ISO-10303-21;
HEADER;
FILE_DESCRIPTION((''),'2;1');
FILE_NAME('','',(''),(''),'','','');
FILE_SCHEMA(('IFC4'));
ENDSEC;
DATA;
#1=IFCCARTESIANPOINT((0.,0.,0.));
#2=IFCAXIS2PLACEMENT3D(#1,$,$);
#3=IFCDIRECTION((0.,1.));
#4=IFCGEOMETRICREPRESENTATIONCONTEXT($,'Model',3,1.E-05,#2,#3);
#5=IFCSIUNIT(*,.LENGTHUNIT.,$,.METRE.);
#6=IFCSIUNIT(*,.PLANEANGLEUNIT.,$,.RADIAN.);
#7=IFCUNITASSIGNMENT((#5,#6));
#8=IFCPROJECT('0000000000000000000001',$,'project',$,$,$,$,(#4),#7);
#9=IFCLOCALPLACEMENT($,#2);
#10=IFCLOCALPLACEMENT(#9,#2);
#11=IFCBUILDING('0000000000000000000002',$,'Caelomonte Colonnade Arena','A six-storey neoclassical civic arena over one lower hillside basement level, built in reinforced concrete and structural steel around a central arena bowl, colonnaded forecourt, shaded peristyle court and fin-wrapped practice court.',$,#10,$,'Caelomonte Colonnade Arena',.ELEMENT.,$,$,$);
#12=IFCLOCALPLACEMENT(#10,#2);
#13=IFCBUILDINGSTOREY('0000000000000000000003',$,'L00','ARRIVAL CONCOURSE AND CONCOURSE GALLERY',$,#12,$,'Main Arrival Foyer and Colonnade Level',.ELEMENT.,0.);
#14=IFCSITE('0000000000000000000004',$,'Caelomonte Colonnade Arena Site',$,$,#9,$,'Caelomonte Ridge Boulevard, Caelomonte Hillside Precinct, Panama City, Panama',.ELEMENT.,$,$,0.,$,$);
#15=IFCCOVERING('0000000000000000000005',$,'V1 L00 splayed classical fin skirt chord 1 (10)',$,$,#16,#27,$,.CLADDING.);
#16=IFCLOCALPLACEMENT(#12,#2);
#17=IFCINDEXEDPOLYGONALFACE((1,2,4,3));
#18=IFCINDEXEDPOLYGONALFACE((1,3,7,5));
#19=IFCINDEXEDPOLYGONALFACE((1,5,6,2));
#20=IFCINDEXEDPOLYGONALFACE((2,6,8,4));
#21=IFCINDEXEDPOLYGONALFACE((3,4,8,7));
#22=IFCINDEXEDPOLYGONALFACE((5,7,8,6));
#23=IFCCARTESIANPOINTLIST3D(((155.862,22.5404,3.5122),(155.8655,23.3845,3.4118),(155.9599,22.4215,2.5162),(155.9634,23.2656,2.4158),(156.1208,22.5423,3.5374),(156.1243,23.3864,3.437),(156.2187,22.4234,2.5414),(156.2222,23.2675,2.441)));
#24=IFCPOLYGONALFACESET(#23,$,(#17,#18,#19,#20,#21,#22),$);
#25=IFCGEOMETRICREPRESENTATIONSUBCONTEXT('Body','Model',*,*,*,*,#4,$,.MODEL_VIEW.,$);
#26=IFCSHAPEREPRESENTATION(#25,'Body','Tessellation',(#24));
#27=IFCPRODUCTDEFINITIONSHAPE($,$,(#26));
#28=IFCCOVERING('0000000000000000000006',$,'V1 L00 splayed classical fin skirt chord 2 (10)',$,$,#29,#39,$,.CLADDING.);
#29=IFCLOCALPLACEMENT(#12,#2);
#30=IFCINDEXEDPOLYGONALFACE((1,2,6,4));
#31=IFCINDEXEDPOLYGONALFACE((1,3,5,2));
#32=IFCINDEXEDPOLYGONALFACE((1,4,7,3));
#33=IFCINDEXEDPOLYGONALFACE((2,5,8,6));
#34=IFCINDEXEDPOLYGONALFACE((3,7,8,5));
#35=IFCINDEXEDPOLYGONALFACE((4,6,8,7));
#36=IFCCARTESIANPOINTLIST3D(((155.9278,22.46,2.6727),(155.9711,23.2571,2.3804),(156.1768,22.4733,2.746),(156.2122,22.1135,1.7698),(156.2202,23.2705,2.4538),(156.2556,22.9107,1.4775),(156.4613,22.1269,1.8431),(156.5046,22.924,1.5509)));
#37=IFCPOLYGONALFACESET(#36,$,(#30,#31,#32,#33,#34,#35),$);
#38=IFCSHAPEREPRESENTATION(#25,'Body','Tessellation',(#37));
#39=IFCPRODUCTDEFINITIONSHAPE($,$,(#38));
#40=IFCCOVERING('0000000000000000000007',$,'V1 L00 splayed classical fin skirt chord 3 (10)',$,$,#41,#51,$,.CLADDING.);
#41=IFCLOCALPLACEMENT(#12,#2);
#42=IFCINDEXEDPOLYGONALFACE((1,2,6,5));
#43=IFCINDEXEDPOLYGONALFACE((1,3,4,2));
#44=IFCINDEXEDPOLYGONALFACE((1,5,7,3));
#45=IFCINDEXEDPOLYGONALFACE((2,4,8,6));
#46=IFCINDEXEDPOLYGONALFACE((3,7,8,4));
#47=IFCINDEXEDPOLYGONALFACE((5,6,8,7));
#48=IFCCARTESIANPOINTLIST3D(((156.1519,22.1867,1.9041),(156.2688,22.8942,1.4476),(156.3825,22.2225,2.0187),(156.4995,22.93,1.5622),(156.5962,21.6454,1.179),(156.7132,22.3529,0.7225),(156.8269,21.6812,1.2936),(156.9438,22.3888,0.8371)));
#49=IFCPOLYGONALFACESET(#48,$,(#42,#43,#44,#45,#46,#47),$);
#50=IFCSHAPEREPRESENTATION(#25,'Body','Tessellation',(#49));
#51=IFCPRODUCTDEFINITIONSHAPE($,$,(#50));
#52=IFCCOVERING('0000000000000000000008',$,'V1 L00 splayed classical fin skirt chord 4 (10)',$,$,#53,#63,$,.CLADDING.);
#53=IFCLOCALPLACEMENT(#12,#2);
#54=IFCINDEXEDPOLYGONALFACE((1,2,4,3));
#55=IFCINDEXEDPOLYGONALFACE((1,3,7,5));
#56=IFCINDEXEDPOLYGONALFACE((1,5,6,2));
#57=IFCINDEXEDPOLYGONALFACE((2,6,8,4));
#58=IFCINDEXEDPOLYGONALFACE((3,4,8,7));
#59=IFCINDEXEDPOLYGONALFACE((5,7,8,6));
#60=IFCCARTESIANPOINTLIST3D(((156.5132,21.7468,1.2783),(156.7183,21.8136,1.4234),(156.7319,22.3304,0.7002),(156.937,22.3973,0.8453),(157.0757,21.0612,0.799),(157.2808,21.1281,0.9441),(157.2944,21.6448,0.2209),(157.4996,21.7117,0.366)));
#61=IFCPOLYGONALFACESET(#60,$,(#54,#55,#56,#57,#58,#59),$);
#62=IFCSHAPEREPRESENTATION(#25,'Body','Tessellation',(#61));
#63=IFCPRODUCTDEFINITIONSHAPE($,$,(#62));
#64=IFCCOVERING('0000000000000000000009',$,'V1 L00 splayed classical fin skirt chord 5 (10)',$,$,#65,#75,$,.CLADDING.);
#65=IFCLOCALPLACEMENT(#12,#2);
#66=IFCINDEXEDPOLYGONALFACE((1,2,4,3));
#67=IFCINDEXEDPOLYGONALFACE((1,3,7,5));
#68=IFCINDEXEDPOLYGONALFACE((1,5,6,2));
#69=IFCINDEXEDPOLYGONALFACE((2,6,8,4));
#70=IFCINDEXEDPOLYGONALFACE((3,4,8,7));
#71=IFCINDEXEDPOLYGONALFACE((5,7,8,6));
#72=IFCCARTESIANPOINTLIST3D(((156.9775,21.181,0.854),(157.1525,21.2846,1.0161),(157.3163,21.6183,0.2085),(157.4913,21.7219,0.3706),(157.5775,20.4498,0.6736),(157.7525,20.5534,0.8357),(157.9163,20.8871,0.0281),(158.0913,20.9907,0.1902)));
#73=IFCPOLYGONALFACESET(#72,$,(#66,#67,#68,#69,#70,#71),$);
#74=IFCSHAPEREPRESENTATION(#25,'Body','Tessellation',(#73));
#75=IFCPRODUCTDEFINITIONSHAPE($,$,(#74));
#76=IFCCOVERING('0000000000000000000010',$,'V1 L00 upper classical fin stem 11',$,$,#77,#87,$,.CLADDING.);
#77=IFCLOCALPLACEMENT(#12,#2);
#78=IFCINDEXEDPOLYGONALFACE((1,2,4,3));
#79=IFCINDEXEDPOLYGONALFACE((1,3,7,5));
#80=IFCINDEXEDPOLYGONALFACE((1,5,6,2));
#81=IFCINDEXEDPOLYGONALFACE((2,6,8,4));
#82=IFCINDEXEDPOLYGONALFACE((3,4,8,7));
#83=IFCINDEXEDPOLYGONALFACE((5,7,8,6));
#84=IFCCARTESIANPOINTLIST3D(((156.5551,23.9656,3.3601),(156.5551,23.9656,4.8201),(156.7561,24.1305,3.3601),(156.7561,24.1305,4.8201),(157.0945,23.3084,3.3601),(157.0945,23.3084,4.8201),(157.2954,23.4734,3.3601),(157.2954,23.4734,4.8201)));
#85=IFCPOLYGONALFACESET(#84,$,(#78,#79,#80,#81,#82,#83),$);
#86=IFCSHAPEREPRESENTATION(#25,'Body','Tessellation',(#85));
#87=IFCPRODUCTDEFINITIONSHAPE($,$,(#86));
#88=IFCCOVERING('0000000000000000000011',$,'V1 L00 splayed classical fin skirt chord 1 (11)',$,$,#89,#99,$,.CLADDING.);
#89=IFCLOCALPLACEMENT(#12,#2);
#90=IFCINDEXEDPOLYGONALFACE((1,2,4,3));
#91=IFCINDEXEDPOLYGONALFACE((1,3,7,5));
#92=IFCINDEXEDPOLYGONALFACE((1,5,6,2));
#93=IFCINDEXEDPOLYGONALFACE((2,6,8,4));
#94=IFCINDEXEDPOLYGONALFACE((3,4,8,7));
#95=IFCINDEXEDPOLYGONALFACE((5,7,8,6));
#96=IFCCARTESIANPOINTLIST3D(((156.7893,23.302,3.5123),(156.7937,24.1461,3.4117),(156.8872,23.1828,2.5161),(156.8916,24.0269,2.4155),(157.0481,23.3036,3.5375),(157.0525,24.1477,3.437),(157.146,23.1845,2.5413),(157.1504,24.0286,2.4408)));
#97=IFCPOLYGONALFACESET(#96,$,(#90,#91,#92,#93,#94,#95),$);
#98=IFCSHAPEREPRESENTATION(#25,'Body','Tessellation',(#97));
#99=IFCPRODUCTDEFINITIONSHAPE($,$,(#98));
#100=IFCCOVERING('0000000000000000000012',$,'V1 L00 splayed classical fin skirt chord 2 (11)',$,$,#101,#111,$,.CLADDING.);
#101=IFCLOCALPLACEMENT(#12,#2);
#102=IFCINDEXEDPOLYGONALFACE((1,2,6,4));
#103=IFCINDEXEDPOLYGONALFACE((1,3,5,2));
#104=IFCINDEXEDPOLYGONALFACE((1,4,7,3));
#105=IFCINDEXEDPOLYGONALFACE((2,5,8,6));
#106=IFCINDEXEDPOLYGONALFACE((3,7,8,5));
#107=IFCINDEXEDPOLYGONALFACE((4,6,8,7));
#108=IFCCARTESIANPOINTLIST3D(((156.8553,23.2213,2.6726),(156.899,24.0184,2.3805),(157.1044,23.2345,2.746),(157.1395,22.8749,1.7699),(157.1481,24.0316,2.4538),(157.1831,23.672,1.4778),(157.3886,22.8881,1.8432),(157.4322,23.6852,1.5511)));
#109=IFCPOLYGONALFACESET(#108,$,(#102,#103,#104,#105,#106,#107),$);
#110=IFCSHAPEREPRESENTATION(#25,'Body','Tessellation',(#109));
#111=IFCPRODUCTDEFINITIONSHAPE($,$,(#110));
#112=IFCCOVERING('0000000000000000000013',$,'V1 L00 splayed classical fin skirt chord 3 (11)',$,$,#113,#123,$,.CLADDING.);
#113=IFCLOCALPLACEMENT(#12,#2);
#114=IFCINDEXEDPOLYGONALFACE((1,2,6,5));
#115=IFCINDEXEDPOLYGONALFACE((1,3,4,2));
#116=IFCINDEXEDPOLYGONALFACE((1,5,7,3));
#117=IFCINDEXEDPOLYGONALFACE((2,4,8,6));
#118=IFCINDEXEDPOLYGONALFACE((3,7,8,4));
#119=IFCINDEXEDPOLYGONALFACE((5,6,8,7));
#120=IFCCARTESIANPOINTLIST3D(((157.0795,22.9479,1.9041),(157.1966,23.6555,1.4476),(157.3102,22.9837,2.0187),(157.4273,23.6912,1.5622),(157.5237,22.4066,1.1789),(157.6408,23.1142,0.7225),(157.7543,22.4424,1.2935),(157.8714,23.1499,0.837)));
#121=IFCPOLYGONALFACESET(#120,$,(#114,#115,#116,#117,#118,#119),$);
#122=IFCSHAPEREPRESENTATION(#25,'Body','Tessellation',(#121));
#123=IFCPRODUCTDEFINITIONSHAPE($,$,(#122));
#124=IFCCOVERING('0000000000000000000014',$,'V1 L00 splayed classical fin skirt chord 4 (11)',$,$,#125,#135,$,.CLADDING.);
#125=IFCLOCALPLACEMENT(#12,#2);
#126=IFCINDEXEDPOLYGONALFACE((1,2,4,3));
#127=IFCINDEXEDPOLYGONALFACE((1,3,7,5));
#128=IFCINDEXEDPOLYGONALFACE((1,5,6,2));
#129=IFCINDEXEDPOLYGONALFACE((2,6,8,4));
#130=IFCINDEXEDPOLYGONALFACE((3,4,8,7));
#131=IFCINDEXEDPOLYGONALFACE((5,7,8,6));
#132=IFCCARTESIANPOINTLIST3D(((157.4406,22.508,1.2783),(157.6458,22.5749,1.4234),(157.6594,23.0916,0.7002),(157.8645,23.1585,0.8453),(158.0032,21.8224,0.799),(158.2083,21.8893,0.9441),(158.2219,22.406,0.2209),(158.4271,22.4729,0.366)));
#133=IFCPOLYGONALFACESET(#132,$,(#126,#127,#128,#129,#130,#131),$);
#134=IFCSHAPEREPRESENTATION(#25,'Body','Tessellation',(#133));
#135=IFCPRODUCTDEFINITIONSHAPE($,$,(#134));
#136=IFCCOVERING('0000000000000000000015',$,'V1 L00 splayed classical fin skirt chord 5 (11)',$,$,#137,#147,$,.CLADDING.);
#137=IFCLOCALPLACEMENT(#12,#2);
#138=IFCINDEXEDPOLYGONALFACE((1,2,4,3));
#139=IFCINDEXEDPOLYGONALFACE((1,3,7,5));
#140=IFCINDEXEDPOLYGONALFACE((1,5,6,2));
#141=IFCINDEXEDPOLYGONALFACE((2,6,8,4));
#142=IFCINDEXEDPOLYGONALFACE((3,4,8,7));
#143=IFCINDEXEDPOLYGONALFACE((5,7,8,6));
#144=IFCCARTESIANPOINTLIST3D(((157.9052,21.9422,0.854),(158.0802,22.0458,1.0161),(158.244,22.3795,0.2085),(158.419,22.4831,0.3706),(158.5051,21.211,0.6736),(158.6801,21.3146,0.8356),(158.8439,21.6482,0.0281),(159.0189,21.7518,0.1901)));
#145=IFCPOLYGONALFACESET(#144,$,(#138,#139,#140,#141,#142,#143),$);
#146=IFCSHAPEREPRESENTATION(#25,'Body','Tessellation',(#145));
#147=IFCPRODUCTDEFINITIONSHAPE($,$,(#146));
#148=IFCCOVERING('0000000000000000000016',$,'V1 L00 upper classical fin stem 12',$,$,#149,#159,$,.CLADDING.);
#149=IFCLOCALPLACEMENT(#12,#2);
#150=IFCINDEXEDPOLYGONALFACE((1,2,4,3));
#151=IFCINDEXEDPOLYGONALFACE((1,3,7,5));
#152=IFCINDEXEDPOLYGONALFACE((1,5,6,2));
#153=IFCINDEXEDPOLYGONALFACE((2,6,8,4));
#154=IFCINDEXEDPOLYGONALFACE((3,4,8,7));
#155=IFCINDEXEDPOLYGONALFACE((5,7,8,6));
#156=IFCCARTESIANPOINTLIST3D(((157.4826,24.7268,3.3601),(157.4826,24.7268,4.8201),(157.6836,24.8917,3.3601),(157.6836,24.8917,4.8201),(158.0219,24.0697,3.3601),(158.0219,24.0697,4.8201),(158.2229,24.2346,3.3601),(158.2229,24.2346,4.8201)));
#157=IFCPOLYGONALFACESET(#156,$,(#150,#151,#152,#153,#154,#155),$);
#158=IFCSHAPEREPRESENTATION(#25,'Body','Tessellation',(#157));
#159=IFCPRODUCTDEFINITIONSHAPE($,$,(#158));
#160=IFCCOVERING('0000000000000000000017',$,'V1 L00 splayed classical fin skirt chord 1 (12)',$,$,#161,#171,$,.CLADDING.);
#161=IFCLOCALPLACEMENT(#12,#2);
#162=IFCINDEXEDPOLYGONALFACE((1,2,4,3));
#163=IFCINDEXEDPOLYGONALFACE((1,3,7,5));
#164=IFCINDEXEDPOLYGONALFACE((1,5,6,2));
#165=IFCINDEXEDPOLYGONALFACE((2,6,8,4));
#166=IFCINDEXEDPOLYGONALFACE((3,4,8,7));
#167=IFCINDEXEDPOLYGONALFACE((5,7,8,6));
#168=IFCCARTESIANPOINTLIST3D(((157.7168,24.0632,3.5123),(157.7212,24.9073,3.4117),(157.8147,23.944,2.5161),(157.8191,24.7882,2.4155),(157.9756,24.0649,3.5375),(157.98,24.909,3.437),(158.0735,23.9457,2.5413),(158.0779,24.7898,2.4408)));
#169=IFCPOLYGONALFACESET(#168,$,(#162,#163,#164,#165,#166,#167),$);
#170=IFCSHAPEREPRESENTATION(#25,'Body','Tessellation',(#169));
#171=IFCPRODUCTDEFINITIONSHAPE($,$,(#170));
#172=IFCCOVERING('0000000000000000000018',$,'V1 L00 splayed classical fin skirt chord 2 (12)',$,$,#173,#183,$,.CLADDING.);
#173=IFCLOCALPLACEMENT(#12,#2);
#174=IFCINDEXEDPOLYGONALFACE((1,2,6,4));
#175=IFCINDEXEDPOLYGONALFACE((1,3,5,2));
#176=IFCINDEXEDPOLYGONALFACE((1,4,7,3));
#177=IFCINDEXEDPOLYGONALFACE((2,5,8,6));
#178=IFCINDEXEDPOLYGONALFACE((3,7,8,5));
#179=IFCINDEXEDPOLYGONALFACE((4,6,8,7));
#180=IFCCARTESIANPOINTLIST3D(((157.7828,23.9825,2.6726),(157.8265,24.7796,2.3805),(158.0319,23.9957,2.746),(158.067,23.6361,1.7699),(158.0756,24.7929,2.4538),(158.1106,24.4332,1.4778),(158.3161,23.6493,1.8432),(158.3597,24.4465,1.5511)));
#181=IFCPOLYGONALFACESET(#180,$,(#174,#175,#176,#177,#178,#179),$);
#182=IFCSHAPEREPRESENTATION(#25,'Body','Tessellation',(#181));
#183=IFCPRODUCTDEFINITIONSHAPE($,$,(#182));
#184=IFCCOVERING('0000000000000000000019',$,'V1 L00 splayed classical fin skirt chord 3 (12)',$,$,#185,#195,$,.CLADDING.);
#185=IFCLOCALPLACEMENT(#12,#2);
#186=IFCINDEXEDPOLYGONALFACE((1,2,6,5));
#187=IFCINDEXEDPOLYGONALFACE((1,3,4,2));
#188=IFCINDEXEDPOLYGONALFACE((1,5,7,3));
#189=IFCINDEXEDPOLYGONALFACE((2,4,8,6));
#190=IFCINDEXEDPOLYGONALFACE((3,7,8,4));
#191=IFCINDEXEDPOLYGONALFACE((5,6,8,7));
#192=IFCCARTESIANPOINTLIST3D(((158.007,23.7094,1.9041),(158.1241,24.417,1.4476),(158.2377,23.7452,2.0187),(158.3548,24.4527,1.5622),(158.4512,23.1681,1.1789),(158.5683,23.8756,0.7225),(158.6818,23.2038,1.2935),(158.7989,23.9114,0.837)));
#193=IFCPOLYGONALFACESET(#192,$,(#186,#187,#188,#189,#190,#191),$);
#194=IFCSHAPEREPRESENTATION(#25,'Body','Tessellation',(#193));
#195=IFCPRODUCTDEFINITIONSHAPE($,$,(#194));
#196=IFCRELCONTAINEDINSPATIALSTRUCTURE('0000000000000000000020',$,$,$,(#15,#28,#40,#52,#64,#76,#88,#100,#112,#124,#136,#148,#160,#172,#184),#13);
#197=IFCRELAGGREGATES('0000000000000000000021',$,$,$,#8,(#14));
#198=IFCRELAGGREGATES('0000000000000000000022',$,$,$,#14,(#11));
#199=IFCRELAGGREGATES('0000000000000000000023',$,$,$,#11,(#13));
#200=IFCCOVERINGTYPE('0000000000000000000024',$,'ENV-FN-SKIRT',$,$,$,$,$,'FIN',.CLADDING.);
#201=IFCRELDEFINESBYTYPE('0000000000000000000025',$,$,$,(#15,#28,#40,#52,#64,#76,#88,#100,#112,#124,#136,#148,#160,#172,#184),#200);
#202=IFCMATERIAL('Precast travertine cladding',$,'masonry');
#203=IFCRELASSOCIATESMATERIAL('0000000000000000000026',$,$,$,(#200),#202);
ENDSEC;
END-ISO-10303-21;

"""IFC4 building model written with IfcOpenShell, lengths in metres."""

from ifc_helpers import new_model, si_unit, direction, frame, origin, origin_2d, place, context, subcontext, project, spatial, rectangle, extrude, material, material_profile, profile_set, type_object, element, save


model = new_model("IFC4")

# Units and contexts
model_context = context("Model", 3, precision=1e-05, world=origin(), true_north=direction((0.0, 1.0)))
body_context = subcontext(model_context, "Body", "Model", "MODEL_VIEW")
ifc_project = project(units=[si_unit("LENGTHUNIT", "METRE"), si_unit("PLANEANGLEUNIT", "RADIAN")], contexts=[model_context])

# Site, building, storey
site_placement = place(None, origin())
site = spatial("IfcSite", under=ifc_project, at=site_placement, Name="Caelomonte Colonnade Arena Site", LongName="Caelomonte Ridge Boulevard, Caelomonte Hillside Precinct, Panama City, Panama", CompositionType="ELEMENT", RefElevation=0.0)
building_placement = place(site_placement, origin())
building = spatial("IfcBuilding", under=site, at=building_placement, Name="Caelomonte Colonnade Arena", Description="A six-storey neoclassical civic arena over one lower hillside basement level, built in reinforced concrete and structural steel around a central arena bowl, colonnaded forecourt, shaded peristyle court and fin-wrapped practice court.", LongName="Caelomonte Colonnade Arena", CompositionType="ELEMENT")
storey_placement = place(building_placement, origin())
storey = spatial("IfcBuildingStorey", under=building, at=storey_placement, Name="L00", Description="ARRIVAL CONCOURSE AND CONCOURSE GALLERY", LongName="Main Arrival Foyer and Colonnade Level", CompositionType="ELEMENT", Elevation=0.0)

# Coverings
ifc_material_1 = material(Name="Precast travertine cladding", Category="masonry")
ifc_material_profile_1 = material_profile(ifc_material_1, rectangle(XDim=0.26, YDim=0.8501, at=origin_2d()), Name="FIN260X850")
ifc_profile_set_1 = profile_set([ifc_material_profile_1], Name="Precast travertine cladding")
covering_type = type_object("IfcCoveringType", Name="ENV-FN-SKIRT", ElementType="FIN", PredefinedType="CLADDING", material=ifc_profile_set_1)
covering_1_placement = place(storey_placement, frame((155.9932, 22.9634, 3.4746), z_axis=(0.09713, -0.117961, -0.988257), x_axis=(-0.995263, -0.007354, -0.096941)))
element("IfcCovering", 1, at=covering_1_placement, inside=storey, type_object=covering_type, Name="V1 L00 splayed classical fin skirt chord 1 (10)", PredefinedType="CLADDING", context=body_context, shape_type="SweptSolid", body=[
    extrude(rectangle(XDim=0.26, YDim=0.8501, at=origin_2d()), origin(), (0.0, 0.0, 1.0), 1.0078),
])
for number, where, z_axis, x_axis, name in (
    (2, (156.074, 22.8652, 2.5632), (0.282173, -0.343693, -0.895686), (-0.958007, -0.051315, -0.282115), "V1 L00 splayed classical fin skirt chord 2 (10)"),
    (3, (156.3257, 22.5583, 1.7332), (0.440788, -0.536938, -0.719308), (-0.88701, -0.13776, -0.440722), "V1 L00 splayed classical fin skirt chord 3 (10)"),
    (4, (156.7251, 22.072, 1.0618), (0.558037, -0.680108, -0.475446), (-0.788909, -0.257141, -0.558122), "V1 L00 splayed classical fin skirt chord 4 (10)"),
):
    element("IfcCovering", number, at=place(storey_placement, frame(where, z_axis=z_axis, x_axis=x_axis)), inside=storey, type_object=covering_type, Name=name, PredefinedType="CLADDING", context=body_context, shape_type="SweptSolid", body=[
        extrude(rectangle(XDim=0.26, YDim=0.8501, at=origin_2d()), origin(), (0.0, 0.0, 1.0), 1.0081),
    ])
covering_2_placement = place(storey_placement, frame((157.2344, 21.4514, 0.6123), z_axis=(0.62317, -0.759314, -0.187357), x_axis=(-0.672932, -0.39851, -0.623179)))
element("IfcCovering", 5, at=covering_2_placement, inside=storey, type_object=covering_type, Name="V1 L00 splayed classical fin skirt chord 5 (10)", PredefinedType="CLADDING", context=body_context, shape_type="SweptSolid", body=[
    extrude(rectangle(XDim=0.26, YDim=0.8501, at=origin_2d()), origin(), (0.0, 0.0, 1.0), 0.9629),
])
covering_3_placement = place(storey_placement, frame((156.9253, 23.7195, 3.3601), z_axis=(0.0, 0.0, 1.0), x_axis=(-0.772994, -0.634414, 0.0)))
element("IfcCovering", 6, at=covering_3_placement, inside=storey, type_object=covering_type, Name="V1 L00 upper classical fin stem 11", PredefinedType="CLADDING", context=body_context, shape_type="SweptSolid", body=[
    extrude(rectangle(XDim=0.26, YDim=0.8501, at=origin_2d()), origin(), (0.0, 0.0, 1.0), 1.46),
])
covering_4_placement = place(storey_placement, frame((156.9209, 23.7249, 3.4746), z_axis=(0.097127, -0.1182, -0.988228), x_axis=(-0.995258, -0.006366, -0.097057)))
element("IfcCovering", 7, at=covering_4_placement, inside=storey, type_object=covering_type, Name="V1 L00 splayed classical fin skirt chord 1 (11)", PredefinedType="CLADDING", context=body_context, shape_type="SweptSolid", body=[
    extrude(rectangle(XDim=0.26, YDim=0.8501, at=origin_2d()), origin(), (0.0, 0.0, 1.0), 1.0081),
])
covering_5_placement = place(storey_placement, frame((157.0017, 23.6265, 2.5632), z_axis=(0.28195, -0.343717, -0.895747), x_axis=(-0.958053, -0.050881, -0.282037)))
element("IfcCovering", 8, at=covering_5_placement, inside=storey, type_object=covering_type, Name="V1 L00 splayed classical fin skirt chord 2 (11)", PredefinedType="CLADDING", context=body_context, shape_type="SweptSolid", body=[
    extrude(rectangle(XDim=0.26, YDim=0.8501, at=origin_2d()), origin(), (0.0, 0.0, 1.0), 1.0078),
])
for number, where, z_axis, x_axis, name in (
    (9, (157.2534, 23.3196, 1.7332), (0.440593, -0.536995, -0.719385), (-0.887078, -0.137484, -0.440671), "V1 L00 splayed classical fin skirt chord 3 (11)"),
    (10, (157.6526, 22.8333, 1.0618), (0.558037, -0.680108, -0.475446), (-0.788909, -0.257141, -0.558122), "V1 L00 splayed classical fin skirt chord 4 (11)"),
):
    element("IfcCovering", number, at=place(storey_placement, frame(where, z_axis=z_axis, x_axis=x_axis)), inside=storey, type_object=covering_type, Name=name, PredefinedType="CLADDING", context=body_context, shape_type="SweptSolid", body=[
        extrude(rectangle(XDim=0.26, YDim=0.8501, at=origin_2d()), origin(), (0.0, 0.0, 1.0), 1.0081),
    ])
covering_6_placement = place(storey_placement, frame((158.1621, 22.2126, 0.6123), z_axis=(0.623014, -0.759434, -0.187386), x_axis=(-0.673023, -0.398361, -0.623176)))
element("IfcCovering", 11, at=covering_6_placement, inside=storey, type_object=covering_type, Name="V1 L00 splayed classical fin skirt chord 5 (11)", PredefinedType="CLADDING", context=body_context, shape_type="SweptSolid", body=[
    extrude(rectangle(XDim=0.26, YDim=0.8501, at=origin_2d()), origin(), (0.0, 0.0, 1.0), 0.9629),
])
covering_7_placement = place(storey_placement, frame((157.8528, 24.4807, 3.3601), z_axis=(0.0, 0.0, 1.0), x_axis=(-0.772994, -0.634414, 0.0)))
element("IfcCovering", 12, at=covering_7_placement, inside=storey, type_object=covering_type, Name="V1 L00 upper classical fin stem 12", PredefinedType="CLADDING", context=body_context, shape_type="SweptSolid", body=[
    extrude(rectangle(XDim=0.26, YDim=0.8501, at=origin_2d()), origin(), (0.0, 0.0, 1.0), 1.46),
])
covering_8_placement = place(storey_placement, frame((157.8484, 24.4861, 3.4746), z_axis=(0.097127, -0.1182, -0.988228), x_axis=(-0.995258, -0.006366, -0.097057)))
element("IfcCovering", 13, at=covering_8_placement, inside=storey, type_object=covering_type, Name="V1 L00 splayed classical fin skirt chord 1 (12)", PredefinedType="CLADDING", context=body_context, shape_type="SweptSolid", body=[
    extrude(rectangle(XDim=0.26, YDim=0.8501, at=origin_2d()), origin(), (0.0, 0.0, 1.0), 1.0081),
])
covering_9_placement = place(storey_placement, frame((157.9292, 24.3877, 2.5632), z_axis=(0.28195, -0.343717, -0.895747), x_axis=(-0.958053, -0.050881, -0.282037)))
element("IfcCovering", 14, at=covering_9_placement, inside=storey, type_object=covering_type, Name="V1 L00 splayed classical fin skirt chord 2 (12)", PredefinedType="CLADDING", context=body_context, shape_type="SweptSolid", body=[
    extrude(rectangle(XDim=0.26, YDim=0.8501, at=origin_2d()), origin(), (0.0, 0.0, 1.0), 1.0078),
])
covering_10_placement = place(storey_placement, frame((158.1809, 24.0811, 1.7332), z_axis=(0.440593, -0.536995, -0.719385), x_axis=(-0.887078, -0.137484, -0.440671)))
element("IfcCovering", 15, at=covering_10_placement, inside=storey, type_object=covering_type, Name="V1 L00 splayed classical fin skirt chord 3 (12)", PredefinedType="CLADDING", context=body_context, shape_type="SweptSolid", body=[
    extrude(rectangle(XDim=0.26, YDim=0.8501, at=origin_2d()), origin(), (0.0, 0.0, 1.0), 1.0081),
])

save(model, "model.ifc")
